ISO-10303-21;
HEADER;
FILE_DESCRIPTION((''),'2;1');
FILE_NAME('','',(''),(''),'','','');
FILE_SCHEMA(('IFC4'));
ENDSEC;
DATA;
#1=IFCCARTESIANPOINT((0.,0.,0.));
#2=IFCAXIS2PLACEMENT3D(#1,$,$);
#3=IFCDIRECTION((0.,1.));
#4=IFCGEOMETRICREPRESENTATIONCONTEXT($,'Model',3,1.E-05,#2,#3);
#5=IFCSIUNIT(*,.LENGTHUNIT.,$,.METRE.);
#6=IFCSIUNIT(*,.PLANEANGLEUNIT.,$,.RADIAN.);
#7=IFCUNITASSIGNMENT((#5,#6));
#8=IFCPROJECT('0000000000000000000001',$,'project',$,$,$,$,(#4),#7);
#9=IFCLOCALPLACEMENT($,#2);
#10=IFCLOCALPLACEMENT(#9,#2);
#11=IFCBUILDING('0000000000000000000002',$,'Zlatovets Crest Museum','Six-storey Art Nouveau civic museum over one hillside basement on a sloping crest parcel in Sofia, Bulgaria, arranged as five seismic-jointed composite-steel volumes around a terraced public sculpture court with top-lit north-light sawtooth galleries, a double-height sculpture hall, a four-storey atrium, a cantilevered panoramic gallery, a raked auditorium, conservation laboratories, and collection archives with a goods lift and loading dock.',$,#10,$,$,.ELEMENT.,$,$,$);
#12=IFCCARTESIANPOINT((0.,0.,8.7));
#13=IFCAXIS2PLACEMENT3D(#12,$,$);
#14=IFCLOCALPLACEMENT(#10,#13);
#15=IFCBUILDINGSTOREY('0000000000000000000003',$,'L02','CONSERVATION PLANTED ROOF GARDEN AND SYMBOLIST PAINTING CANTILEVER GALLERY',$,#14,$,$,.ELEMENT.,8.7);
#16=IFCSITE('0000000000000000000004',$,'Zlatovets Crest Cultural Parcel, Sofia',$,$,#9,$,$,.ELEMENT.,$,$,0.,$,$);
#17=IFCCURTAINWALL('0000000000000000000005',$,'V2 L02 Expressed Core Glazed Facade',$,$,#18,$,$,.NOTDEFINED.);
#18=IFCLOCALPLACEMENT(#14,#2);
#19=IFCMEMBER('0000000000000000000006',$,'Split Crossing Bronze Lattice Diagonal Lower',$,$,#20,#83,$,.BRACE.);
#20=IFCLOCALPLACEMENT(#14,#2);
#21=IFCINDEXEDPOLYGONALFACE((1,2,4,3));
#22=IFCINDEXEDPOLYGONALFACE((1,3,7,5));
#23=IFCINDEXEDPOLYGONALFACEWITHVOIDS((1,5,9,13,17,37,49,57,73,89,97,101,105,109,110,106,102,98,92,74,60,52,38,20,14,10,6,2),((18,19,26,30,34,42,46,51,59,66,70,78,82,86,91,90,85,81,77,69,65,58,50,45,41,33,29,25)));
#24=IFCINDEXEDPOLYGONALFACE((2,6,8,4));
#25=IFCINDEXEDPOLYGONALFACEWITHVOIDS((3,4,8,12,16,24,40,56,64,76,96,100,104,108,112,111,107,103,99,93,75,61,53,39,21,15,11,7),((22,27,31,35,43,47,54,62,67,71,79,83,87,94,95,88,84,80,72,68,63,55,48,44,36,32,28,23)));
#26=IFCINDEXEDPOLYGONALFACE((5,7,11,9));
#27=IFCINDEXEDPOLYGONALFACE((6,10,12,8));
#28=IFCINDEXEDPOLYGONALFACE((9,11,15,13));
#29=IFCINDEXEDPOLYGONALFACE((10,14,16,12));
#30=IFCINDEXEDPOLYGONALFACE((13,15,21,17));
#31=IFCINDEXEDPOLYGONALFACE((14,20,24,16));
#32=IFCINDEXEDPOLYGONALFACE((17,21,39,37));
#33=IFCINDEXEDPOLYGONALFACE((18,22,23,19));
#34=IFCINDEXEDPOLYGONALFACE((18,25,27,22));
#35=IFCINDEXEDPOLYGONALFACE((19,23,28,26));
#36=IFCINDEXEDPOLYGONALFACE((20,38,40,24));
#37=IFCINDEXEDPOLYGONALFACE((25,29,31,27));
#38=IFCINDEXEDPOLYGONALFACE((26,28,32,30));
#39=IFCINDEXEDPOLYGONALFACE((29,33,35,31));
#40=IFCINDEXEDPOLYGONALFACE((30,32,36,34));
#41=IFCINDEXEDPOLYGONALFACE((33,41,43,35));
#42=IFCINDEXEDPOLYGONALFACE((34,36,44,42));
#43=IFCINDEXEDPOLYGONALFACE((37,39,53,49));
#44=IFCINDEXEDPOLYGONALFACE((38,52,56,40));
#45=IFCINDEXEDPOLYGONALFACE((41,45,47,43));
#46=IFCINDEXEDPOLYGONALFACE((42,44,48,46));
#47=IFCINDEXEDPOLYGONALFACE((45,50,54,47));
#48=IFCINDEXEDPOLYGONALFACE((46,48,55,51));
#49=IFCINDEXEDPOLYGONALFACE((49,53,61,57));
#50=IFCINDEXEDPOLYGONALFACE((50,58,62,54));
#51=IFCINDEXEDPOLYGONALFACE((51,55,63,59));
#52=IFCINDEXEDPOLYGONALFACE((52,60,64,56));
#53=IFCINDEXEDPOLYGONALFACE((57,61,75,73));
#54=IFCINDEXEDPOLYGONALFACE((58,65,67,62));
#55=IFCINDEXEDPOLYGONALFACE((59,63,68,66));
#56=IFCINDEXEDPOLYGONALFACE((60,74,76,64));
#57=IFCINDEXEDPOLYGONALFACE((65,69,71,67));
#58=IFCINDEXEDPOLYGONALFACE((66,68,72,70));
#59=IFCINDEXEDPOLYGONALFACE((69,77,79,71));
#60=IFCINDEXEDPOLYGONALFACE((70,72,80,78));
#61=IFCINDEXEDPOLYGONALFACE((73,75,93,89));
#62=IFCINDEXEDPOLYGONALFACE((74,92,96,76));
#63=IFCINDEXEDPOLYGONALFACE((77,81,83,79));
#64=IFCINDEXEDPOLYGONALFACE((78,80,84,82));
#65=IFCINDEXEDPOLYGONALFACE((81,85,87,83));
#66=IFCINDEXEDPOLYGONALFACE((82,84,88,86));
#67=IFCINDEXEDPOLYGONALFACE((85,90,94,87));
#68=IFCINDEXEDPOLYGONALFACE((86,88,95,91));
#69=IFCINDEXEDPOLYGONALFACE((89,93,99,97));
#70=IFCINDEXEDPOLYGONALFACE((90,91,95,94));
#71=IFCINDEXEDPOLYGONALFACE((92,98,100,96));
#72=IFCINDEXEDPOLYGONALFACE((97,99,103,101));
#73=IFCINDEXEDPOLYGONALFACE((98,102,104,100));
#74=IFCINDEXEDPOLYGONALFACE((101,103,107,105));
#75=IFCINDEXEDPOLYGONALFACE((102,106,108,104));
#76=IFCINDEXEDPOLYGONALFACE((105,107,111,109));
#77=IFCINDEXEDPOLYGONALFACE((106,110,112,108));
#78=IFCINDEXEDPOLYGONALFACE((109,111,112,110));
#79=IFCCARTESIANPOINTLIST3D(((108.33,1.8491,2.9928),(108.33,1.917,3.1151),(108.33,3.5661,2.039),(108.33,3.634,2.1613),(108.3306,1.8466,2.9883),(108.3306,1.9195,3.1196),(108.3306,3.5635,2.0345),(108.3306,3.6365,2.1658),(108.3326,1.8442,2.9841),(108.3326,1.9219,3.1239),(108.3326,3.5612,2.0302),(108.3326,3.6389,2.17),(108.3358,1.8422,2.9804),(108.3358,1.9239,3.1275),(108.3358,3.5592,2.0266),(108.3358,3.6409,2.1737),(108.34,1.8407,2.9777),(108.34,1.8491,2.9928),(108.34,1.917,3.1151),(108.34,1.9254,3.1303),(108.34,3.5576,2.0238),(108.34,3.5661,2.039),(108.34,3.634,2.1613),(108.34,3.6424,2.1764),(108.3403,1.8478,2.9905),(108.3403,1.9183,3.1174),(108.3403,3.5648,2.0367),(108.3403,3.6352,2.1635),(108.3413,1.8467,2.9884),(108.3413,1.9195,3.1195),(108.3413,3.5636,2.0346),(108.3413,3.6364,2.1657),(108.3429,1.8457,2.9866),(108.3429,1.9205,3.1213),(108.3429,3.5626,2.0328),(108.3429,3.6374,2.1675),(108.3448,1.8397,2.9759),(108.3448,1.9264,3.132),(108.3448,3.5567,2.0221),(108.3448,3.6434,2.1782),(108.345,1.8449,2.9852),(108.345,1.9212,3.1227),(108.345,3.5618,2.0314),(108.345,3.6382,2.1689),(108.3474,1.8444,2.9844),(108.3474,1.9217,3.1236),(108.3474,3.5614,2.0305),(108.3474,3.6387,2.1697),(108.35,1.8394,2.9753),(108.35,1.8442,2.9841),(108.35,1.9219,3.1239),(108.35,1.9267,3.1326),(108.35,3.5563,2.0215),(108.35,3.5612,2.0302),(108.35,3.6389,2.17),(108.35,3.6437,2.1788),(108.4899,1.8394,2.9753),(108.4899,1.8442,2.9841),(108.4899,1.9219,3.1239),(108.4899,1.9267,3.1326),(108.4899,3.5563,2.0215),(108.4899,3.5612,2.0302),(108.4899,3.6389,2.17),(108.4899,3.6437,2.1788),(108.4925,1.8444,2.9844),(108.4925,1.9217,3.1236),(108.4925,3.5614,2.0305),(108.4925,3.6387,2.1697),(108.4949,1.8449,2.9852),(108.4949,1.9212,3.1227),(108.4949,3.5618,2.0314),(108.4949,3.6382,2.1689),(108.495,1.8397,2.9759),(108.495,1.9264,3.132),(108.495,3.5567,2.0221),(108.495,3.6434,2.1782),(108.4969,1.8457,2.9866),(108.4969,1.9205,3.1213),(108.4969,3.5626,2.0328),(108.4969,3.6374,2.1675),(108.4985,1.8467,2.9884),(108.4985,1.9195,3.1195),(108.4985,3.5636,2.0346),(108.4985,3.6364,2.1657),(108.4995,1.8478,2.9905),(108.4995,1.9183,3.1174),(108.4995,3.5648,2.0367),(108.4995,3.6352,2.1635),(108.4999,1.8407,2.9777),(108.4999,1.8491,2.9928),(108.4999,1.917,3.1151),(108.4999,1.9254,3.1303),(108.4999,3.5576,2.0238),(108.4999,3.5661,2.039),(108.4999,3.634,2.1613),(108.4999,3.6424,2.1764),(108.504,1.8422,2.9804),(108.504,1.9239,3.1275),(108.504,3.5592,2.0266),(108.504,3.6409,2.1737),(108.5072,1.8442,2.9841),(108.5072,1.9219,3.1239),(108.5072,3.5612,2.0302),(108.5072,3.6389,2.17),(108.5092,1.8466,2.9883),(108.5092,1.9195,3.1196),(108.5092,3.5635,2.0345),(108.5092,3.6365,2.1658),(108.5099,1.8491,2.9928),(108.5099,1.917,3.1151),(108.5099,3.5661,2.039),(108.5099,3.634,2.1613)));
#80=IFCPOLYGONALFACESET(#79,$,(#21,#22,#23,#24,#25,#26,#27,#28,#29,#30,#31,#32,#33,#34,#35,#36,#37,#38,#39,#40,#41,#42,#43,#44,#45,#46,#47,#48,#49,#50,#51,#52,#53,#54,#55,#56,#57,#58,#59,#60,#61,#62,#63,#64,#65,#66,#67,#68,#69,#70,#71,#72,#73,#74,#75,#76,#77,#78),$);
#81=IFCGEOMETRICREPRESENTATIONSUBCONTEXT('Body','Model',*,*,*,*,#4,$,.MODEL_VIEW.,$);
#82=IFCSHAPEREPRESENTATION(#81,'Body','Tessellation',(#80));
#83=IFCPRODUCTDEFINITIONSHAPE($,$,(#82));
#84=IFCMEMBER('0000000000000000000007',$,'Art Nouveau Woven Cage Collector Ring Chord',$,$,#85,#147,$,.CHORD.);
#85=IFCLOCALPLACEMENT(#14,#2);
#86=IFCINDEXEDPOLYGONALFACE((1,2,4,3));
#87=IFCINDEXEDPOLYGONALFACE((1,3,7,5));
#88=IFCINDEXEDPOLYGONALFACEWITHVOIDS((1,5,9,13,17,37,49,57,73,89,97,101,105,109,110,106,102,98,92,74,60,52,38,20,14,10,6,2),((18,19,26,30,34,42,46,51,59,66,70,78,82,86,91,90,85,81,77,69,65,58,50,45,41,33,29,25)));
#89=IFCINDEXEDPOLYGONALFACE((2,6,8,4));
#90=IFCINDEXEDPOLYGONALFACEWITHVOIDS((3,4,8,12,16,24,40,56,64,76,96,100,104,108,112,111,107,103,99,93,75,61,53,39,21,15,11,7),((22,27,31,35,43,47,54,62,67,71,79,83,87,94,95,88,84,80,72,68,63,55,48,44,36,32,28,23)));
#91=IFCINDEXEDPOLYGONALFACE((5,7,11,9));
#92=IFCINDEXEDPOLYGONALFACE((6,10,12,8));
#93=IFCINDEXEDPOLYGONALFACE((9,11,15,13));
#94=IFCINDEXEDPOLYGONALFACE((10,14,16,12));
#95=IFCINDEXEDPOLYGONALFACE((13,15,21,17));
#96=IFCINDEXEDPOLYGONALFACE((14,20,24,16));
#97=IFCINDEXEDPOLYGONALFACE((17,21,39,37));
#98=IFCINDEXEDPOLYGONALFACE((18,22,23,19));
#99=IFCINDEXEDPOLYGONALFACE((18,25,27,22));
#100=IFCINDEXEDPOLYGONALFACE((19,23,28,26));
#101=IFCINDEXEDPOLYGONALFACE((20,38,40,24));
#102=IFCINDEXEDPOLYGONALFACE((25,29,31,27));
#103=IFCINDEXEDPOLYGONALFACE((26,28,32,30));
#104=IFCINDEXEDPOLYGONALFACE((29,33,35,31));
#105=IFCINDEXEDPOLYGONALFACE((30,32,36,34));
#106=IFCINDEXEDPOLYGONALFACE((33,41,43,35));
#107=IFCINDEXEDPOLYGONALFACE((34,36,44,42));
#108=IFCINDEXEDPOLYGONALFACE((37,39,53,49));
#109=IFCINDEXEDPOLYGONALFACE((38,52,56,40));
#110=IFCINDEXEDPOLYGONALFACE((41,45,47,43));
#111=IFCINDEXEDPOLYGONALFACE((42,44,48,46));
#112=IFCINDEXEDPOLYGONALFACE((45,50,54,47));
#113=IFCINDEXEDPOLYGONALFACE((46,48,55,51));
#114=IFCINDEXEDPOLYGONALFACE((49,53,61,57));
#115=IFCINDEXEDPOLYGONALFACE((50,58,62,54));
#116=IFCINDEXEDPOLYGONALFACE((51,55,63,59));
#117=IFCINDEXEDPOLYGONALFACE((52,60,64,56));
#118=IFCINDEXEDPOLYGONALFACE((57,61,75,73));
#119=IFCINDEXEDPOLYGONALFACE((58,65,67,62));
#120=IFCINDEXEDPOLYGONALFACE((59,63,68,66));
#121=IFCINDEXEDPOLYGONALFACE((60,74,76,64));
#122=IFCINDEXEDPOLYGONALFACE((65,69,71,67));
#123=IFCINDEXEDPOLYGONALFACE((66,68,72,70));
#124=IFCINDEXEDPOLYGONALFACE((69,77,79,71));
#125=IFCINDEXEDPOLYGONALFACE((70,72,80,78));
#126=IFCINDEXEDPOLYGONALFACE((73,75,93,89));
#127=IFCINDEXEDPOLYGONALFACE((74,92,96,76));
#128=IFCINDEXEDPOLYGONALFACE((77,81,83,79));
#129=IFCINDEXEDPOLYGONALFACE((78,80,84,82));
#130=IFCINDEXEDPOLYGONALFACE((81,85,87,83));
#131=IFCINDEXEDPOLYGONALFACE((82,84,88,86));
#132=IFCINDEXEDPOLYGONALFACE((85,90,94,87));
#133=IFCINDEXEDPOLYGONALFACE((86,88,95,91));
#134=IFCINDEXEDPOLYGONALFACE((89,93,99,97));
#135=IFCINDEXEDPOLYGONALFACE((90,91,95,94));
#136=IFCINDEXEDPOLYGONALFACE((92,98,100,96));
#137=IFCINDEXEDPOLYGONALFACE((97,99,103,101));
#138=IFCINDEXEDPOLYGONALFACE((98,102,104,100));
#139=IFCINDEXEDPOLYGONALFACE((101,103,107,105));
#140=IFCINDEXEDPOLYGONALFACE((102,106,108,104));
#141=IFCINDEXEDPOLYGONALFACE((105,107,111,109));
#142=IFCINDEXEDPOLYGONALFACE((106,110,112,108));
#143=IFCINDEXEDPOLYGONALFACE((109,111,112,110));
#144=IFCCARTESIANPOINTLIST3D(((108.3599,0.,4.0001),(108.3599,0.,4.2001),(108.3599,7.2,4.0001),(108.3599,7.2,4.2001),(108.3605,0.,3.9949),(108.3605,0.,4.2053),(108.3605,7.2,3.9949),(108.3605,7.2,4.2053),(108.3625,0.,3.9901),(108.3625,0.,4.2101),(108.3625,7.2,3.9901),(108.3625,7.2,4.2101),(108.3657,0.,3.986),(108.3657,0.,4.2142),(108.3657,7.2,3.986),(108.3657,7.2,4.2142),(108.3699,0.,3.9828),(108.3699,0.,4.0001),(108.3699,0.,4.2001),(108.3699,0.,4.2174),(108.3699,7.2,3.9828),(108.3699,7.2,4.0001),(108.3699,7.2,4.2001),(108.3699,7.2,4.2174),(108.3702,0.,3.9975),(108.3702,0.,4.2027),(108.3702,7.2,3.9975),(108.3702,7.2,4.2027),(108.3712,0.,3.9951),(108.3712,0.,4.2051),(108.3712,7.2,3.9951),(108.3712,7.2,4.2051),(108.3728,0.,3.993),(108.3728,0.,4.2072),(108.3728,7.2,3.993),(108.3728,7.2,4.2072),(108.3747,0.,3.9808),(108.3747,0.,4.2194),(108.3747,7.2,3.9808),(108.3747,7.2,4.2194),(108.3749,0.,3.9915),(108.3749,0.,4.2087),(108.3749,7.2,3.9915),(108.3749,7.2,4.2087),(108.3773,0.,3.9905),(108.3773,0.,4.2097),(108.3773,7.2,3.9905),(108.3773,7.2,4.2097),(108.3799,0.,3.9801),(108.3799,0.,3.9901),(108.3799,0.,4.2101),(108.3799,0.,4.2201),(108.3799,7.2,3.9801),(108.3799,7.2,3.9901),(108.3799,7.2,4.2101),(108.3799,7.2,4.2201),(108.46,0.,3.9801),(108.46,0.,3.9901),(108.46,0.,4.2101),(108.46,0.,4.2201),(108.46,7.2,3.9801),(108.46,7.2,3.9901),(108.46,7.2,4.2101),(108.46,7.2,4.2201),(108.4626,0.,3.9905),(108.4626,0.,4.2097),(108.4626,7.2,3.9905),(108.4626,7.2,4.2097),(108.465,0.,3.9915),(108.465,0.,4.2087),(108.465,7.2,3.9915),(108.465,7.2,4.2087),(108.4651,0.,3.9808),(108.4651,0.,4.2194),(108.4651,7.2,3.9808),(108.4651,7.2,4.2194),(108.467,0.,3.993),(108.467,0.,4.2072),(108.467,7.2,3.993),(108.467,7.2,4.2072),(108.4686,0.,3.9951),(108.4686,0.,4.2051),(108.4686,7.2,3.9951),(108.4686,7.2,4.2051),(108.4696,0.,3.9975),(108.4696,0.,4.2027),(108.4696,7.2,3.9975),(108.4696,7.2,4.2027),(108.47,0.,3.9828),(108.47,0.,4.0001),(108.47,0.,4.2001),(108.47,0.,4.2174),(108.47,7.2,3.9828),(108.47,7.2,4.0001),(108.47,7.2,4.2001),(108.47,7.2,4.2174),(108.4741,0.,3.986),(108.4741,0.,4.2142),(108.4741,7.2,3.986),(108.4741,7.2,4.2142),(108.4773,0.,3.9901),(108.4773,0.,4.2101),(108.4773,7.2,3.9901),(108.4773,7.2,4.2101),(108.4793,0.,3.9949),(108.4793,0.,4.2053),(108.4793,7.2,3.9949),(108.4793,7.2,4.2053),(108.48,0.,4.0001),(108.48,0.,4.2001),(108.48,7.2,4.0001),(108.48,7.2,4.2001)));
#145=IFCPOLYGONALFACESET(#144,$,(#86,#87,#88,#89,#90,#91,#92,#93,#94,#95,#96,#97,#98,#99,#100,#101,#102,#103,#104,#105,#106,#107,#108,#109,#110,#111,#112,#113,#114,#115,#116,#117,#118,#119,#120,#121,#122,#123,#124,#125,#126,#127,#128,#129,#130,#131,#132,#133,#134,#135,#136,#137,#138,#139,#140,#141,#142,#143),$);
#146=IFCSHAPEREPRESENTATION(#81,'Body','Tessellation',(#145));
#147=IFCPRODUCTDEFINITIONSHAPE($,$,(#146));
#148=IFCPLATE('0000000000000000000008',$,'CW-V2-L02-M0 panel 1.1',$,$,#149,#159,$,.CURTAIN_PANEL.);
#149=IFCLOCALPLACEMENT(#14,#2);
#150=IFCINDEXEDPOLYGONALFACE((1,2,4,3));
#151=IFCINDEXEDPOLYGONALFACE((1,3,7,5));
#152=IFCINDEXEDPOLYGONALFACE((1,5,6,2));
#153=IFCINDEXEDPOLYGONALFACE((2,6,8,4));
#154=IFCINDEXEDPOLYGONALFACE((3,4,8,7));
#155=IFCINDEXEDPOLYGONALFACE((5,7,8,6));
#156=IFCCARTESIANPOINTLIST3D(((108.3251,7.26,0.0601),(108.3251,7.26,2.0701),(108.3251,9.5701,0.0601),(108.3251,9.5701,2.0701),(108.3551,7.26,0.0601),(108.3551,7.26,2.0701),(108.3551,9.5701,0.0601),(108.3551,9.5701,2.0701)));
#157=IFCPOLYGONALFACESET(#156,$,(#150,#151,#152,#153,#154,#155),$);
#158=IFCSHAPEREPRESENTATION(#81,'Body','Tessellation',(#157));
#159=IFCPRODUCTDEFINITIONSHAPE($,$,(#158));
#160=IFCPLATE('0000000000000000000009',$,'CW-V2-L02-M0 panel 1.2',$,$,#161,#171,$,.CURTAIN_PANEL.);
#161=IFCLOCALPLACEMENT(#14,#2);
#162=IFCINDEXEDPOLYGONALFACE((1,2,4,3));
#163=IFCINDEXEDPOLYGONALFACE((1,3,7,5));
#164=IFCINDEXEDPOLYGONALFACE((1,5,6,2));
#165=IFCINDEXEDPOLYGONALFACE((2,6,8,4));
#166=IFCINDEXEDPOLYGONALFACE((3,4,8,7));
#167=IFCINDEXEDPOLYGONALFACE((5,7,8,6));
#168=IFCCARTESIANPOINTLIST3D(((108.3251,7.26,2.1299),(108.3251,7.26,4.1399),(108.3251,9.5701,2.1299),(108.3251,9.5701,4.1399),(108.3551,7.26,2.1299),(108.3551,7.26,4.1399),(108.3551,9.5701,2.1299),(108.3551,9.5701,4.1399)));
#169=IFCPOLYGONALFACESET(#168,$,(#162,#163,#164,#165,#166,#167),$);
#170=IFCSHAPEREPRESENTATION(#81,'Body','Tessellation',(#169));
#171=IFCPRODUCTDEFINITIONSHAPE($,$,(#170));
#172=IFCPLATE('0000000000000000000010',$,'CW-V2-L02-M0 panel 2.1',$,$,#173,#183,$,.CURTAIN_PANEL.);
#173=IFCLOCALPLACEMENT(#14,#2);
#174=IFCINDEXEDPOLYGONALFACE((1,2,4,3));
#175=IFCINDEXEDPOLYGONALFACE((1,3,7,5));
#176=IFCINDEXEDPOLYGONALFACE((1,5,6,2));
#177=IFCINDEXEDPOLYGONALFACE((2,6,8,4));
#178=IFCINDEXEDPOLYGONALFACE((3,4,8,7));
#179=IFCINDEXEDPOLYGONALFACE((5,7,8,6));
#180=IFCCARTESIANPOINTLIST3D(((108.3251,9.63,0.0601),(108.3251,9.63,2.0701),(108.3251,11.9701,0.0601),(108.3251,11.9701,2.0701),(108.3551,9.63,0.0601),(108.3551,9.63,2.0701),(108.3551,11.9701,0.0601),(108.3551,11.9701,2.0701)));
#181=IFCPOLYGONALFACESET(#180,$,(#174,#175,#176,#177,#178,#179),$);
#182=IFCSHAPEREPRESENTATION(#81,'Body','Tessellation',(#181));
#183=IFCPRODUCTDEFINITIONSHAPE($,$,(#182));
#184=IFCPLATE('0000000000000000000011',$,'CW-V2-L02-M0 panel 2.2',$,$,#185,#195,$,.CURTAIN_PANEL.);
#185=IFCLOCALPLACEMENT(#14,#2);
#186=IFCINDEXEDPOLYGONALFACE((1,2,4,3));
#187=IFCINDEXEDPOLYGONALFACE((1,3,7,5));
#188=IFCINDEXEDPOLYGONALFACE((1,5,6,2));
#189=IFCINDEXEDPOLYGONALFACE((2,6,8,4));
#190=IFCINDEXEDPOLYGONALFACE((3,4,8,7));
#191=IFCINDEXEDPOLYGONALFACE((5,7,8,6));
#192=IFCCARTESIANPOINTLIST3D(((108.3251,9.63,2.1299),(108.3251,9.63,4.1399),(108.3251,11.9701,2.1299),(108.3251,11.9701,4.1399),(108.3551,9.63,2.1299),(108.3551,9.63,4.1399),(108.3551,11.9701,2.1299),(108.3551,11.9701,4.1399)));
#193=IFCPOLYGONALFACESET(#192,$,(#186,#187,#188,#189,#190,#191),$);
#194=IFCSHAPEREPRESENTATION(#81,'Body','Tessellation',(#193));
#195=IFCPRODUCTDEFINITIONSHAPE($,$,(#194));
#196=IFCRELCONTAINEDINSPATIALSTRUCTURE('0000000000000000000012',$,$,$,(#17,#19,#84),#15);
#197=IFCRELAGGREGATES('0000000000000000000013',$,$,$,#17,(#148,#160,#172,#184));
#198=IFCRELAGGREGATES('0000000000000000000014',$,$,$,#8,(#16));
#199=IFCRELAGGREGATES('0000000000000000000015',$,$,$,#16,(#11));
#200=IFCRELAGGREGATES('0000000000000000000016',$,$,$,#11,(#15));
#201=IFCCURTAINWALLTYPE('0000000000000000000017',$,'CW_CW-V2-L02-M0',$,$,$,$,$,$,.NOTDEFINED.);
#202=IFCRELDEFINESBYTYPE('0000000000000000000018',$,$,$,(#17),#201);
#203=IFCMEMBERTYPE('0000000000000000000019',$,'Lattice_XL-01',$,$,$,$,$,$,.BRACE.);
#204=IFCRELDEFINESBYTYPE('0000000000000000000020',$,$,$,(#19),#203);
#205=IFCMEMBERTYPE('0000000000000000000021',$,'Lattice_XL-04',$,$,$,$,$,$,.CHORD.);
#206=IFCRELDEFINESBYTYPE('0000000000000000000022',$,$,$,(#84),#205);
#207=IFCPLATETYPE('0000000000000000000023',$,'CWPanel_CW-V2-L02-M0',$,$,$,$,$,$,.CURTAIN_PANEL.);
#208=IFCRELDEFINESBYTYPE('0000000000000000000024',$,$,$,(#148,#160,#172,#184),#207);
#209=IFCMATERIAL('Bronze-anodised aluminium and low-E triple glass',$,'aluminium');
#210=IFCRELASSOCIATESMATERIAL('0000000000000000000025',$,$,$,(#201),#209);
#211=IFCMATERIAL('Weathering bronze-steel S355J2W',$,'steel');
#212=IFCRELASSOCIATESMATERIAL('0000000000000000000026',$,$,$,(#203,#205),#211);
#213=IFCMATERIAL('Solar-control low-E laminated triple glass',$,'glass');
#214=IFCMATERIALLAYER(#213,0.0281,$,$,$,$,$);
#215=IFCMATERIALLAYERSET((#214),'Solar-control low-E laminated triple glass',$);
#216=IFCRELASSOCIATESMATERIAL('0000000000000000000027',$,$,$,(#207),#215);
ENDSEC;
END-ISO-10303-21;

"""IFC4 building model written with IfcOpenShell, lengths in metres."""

from ifc_helpers import new_model, si_unit, direction, frame, origin, origin_2d, place, context, subcontext, project, spatial, rectangle, hollow_rectangle, extrude, material, layer, layer_set, material_profile, profile_set, type_object, element, aggregate, save


model = new_model("IFC4")

# Units and contexts
model_context = context("Model", 3, precision=1e-05, world=origin(), true_north=direction((0.0, 1.0)))
body_context = subcontext(model_context, "Body", "Model", "MODEL_VIEW")
ifc_project = project(units=[si_unit("LENGTHUNIT", "METRE"), si_unit("PLANEANGLEUNIT", "RADIAN")], contexts=[model_context])

# Site, building, storey
site_placement = place(None, origin())
site = spatial("IfcSite", under=ifc_project, at=site_placement, Name="Zlatovets Crest Cultural Parcel, Sofia", CompositionType="ELEMENT", RefElevation=0.0)
building_placement = place(site_placement, origin())
building = spatial("IfcBuilding", under=site, at=building_placement, Name="Zlatovets Crest Museum", Description="Six-storey Art Nouveau civic museum over one hillside basement on a sloping crest parcel in Sofia, Bulgaria, arranged as five seismic-jointed composite-steel volumes around a terraced public sculpture court with top-lit north-light sawtooth galleries, a double-height sculpture hall, a four-storey atrium, a cantilevered panoramic gallery, a raked auditorium, conservation laboratories, and collection archives with a goods lift and loading dock.", CompositionType="ELEMENT")
storey_placement = place(building_placement, frame((0.0, 0.0, 8.7)))
storey = spatial("IfcBuildingStorey", under=building, at=storey_placement, Name="L02", Description="CONSERVATION PLANTED ROOF GARDEN AND SYMBOLIST PAINTING CANTILEVER GALLERY", CompositionType="ELEMENT", Elevation=8.7)

# Curtain wall
ifc_material_1 = material(Name="Bronze-anodised aluminium and low-E triple glass", Category="aluminium")
curtain_wall_type_1 = type_object("IfcCurtainWallType", Name="CW_CW-V2-L02-M0", PredefinedType="NOTDEFINED", material=ifc_material_1)
curtain_wall_1_placement = place(storey_placement, origin())
curtain_wall_1 = element("IfcCurtainWall", 1, at=curtain_wall_1_placement, inside=storey, type_object=curtain_wall_type_1, Name="V2 L02 Expressed Core Glazed Facade", PredefinedType="NOTDEFINED")

# Members
ifc_material_2 = material(Name="Weathering bronze-steel S355J2W", Category="steel")
ifc_material_profile_1 = material_profile(ifc_material_2, hollow_rectangle(XDim=0.1799, YDim=0.1799, WallThickness=0.01, InnerFilletRadius=0.01, OuterFilletRadius=0.02, at=origin_2d()), Name="SHS 180x180x10.0")
ifc_profile_set_1 = profile_set([ifc_material_profile_1], Name="Weathering bronze-steel S355J2W")
member_type_1 = type_object("IfcMemberType", Name="Lattice_XL-01", PredefinedType="BRACE", material=ifc_profile_set_1)
for number, where, z_axis, x_axis, name in (
    (2, (108.4199, 1.8831, 3.054), (0.0, 0.874169, -0.485622), (-1.0, 0.0, 0.0), "Split Crossing Bronze Lattice Diagonal Lower"),
):
    element("IfcMember", number, at=place(storey_placement, frame(where, z_axis=z_axis, x_axis=x_axis)), inside=storey, type_object=member_type_1, Name=name, PredefinedType="BRACE", context=body_context, shape_type="SweptSolid", body=[
        extrude(hollow_rectangle(XDim=0.1799, YDim=0.1799, WallThickness=0.01, InnerFilletRadius=0.01, OuterFilletRadius=0.02, at=origin_2d()), origin(), (0.0, 0.0, 1.0), 1.9641),
    ])
ifc_material_profile_2 = material_profile(ifc_material_2, hollow_rectangle(XDim=0.1201, YDim=0.24, WallThickness=0.01, InnerFilletRadius=0.01, OuterFilletRadius=0.02, at=origin_2d()), Name="RHS 120x240x10.0")
ifc_profile_set_2 = profile_set([ifc_material_profile_2], Name="Weathering bronze-steel S355J2W")
member_type_2 = type_object("IfcMemberType", Name="Lattice_XL-04", PredefinedType="CHORD", material=ifc_profile_set_2)
member_1_placement = place(storey_placement, frame((108.4199, 0.0, 4.1001), z_axis=(0.0, 1.0, 0.0), x_axis=(-1.0, 0.0, 0.0)))
element("IfcMember", 3, at=member_1_placement, inside=storey, type_object=member_type_2, Name="Art Nouveau Woven Cage Collector Ring Chord", PredefinedType="CHORD", context=body_context, shape_type="SweptSolid", body=[
    extrude(hollow_rectangle(XDim=0.1201, YDim=0.24, WallThickness=0.01, InnerFilletRadius=0.01, OuterFilletRadius=0.02, at=origin_2d()), origin(), (0.0, 0.0, 1.0), 7.2),
])

# Plates
ifc_material_3 = material(Name="Solar-control low-E laminated triple glass", Category="glass")
ifc_layer_1 = layer(ifc_material_3, 0.0281)
ifc_layer_set_1 = layer_set([ifc_layer_1], Name="Solar-control low-E laminated triple glass")
plate_type_1 = type_object("IfcPlateType", Name="CWPanel_CW-V2-L02-M0", PredefinedType="CURTAIN_PANEL", material=ifc_layer_set_1)
plate_1_placement = place(storey_placement, frame((108.3401, 8.415, 0.0601), z_axis=(0.0, 0.0, 1.0), x_axis=(0.0, 1.0, 0.0)))
plate_1 = element("IfcPlate", 4, at=plate_1_placement, type_object=plate_type_1, Name="CW-V2-L02-M0 panel 1.1", PredefinedType="CURTAIN_PANEL", context=body_context, shape_type="SweptSolid", body=[
    extrude(rectangle(XDim=2.3101, YDim=0.03, at=origin_2d()), origin(), (0.0, 0.0, 1.0), 2.01),
])
plate_2_placement = place(storey_placement, frame((108.3401, 8.415, 2.1299), z_axis=(0.0, 0.0, 1.0), x_axis=(0.0, 1.0, 0.0)))
plate_2 = element("IfcPlate", 5, at=plate_2_placement, type_object=plate_type_1, Name="CW-V2-L02-M0 panel 1.2", PredefinedType="CURTAIN_PANEL", context=body_context, shape_type="SweptSolid", body=[
    extrude(rectangle(XDim=2.3101, YDim=0.03, at=origin_2d()), origin(), (0.0, 0.0, 1.0), 2.01),
])
plate_3_placement = place(storey_placement, frame((108.3401, 10.8, 0.0601), z_axis=(0.0, 0.0, 1.0), x_axis=(0.0, 1.0, 0.0)))
plate_3 = element("IfcPlate", 6, at=plate_3_placement, type_object=plate_type_1, Name="CW-V2-L02-M0 panel 2.1", PredefinedType="CURTAIN_PANEL", context=body_context, shape_type="SweptSolid", body=[
    extrude(rectangle(XDim=2.3401, YDim=0.03, at=origin_2d()), origin(), (0.0, 0.0, 1.0), 2.01),
])
plate_4_placement = place(storey_placement, frame((108.3401, 10.8, 2.1299), z_axis=(0.0, 0.0, 1.0), x_axis=(0.0, 1.0, 0.0)))
plate_4 = element("IfcPlate", 7, at=plate_4_placement, type_object=plate_type_1, Name="CW-V2-L02-M0 panel 2.2", PredefinedType="CURTAIN_PANEL", context=body_context, shape_type="SweptSolid", body=[
    extrude(rectangle(XDim=2.3401, YDim=0.03, at=origin_2d()), origin(), (0.0, 0.0, 1.0), 2.01),
])
aggregate(curtain_wall_1, [plate_1, plate_2, plate_3, plate_4])

save(model, "model.ifc")
